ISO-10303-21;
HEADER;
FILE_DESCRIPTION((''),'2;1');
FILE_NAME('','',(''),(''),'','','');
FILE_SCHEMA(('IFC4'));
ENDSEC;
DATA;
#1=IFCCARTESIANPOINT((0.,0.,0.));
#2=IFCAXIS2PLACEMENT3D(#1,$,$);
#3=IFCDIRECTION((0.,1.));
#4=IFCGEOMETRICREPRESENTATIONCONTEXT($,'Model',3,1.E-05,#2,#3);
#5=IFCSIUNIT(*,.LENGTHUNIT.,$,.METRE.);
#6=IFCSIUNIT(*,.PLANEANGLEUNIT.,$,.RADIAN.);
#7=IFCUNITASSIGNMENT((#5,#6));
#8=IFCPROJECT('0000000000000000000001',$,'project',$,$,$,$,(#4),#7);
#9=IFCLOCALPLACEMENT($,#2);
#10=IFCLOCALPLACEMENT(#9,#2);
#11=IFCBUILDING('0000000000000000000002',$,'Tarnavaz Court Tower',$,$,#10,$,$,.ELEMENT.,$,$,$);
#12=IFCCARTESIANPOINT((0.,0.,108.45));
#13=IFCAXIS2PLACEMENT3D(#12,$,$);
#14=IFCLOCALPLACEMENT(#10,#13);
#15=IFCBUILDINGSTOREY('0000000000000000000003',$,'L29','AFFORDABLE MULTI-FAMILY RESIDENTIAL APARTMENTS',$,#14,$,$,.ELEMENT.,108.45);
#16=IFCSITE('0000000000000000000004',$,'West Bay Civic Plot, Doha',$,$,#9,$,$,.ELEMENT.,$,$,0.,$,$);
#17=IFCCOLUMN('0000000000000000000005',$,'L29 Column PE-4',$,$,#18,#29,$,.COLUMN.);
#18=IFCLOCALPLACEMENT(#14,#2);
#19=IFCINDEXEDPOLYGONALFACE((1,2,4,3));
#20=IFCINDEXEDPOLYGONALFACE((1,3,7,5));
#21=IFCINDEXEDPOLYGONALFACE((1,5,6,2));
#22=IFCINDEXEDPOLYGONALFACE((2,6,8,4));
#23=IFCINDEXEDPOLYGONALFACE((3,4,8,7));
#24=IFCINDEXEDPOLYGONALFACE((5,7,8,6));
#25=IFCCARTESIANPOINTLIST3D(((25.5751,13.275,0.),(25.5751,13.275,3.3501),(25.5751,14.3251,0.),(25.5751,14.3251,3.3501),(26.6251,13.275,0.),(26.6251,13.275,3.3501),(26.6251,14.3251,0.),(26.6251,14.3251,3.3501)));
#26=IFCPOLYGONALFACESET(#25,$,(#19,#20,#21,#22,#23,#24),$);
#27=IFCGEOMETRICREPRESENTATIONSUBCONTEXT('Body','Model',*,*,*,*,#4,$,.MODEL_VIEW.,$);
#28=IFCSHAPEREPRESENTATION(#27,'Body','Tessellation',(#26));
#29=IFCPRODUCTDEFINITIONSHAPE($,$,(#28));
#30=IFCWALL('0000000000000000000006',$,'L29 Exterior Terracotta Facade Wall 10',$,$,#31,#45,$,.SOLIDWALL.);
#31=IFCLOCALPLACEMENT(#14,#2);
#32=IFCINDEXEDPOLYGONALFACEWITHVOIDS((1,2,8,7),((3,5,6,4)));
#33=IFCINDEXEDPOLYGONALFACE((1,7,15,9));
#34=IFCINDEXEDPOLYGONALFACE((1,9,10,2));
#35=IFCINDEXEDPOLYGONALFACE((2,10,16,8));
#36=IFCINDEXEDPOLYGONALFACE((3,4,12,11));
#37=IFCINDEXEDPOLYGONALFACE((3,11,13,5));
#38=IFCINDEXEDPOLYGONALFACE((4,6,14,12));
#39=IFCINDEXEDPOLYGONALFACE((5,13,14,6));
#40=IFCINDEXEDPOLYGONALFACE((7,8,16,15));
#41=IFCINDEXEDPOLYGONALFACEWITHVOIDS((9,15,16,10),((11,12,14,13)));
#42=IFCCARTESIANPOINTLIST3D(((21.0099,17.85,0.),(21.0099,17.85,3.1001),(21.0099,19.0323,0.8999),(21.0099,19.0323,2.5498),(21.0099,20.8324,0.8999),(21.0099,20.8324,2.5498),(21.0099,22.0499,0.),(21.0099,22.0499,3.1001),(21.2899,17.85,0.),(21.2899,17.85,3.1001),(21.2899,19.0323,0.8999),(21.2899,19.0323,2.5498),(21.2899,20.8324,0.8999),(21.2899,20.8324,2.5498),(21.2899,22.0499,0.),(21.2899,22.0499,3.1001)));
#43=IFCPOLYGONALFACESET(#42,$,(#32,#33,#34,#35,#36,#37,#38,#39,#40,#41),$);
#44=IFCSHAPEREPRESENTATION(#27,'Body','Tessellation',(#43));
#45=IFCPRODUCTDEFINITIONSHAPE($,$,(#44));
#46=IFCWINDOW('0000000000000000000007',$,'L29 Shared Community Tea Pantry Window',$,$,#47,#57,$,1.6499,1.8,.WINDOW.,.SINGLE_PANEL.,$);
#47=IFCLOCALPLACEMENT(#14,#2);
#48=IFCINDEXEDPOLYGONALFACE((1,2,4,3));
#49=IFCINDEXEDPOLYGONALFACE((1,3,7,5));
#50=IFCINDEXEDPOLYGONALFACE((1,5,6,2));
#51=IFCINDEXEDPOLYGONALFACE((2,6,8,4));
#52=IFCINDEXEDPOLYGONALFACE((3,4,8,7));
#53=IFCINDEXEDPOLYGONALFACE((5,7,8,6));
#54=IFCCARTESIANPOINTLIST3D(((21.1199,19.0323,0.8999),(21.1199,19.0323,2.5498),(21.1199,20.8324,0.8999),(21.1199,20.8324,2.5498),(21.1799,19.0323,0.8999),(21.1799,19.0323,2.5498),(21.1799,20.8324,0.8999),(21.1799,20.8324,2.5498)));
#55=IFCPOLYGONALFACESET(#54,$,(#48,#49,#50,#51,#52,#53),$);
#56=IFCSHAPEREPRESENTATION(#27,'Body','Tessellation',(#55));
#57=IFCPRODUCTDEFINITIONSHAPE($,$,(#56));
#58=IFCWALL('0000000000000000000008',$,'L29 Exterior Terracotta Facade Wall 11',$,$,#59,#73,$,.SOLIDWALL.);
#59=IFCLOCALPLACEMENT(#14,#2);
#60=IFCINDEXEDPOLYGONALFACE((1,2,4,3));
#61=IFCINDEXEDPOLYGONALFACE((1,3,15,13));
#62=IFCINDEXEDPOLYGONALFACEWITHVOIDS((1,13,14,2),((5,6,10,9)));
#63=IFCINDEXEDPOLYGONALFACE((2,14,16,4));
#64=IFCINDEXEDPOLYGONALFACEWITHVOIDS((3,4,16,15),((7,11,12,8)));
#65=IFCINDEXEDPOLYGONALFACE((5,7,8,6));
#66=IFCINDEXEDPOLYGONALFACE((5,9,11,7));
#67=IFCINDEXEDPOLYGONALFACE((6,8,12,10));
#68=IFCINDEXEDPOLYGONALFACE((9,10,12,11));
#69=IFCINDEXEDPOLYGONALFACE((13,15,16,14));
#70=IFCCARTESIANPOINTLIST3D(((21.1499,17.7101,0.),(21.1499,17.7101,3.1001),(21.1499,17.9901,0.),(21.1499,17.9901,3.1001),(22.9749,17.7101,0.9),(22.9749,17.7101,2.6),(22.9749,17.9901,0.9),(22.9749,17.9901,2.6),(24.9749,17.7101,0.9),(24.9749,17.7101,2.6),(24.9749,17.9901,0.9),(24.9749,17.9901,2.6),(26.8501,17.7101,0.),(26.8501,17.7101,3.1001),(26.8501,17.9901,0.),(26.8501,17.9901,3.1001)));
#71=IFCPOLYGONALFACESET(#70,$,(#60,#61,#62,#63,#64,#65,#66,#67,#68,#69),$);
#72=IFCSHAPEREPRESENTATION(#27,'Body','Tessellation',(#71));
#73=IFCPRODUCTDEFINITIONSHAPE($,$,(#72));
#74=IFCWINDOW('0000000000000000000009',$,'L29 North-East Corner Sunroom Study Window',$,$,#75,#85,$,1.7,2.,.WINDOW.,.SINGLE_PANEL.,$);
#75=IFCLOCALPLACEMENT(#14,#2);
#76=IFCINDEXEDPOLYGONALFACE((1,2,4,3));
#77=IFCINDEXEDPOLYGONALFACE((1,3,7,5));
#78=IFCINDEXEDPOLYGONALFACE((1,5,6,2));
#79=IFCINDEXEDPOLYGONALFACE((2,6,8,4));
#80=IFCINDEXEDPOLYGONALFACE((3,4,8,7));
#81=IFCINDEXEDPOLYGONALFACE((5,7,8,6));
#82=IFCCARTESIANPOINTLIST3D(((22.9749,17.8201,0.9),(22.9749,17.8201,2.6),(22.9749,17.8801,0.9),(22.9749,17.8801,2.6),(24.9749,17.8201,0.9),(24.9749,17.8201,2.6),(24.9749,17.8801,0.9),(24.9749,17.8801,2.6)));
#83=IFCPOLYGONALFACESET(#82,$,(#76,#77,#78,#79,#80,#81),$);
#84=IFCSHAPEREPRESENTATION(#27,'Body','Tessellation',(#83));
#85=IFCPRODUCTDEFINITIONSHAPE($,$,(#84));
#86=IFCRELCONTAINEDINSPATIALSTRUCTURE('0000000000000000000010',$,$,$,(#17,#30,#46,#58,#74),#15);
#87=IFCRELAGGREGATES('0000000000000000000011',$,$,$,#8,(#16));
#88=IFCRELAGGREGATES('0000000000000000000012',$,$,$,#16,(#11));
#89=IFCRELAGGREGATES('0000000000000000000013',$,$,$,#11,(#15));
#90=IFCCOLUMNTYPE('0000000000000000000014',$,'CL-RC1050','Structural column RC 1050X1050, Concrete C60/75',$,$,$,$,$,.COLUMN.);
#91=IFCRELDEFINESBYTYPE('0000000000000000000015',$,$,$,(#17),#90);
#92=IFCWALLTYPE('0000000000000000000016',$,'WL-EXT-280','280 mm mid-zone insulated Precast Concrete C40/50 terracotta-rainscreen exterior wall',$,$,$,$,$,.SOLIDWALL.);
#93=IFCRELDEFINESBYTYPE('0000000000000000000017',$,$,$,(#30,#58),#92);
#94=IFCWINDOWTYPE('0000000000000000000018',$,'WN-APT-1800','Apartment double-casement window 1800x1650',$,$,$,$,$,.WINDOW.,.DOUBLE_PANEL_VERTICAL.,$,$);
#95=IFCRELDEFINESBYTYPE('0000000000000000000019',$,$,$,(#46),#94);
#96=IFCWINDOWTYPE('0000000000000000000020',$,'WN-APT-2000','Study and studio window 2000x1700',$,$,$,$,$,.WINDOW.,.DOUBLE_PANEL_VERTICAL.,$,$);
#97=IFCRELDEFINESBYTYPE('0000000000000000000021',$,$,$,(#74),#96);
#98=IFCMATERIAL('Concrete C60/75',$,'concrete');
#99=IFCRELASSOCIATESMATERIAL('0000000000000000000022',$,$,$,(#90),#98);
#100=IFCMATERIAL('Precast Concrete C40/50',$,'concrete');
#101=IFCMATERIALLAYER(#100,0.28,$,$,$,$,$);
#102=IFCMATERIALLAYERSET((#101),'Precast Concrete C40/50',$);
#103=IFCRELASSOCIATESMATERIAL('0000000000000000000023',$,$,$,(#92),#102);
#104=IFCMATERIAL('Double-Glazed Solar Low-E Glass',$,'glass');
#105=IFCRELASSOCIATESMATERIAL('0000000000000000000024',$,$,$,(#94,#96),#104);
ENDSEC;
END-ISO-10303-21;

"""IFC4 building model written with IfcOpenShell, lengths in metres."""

from ifc_helpers import new_model, si_unit, direction, frame, frame_2d, origin, origin_2d, place, context, subcontext, project, spatial, rectangle, extrude, material, layer, layer_set, material_profile, profile_set, type_object, element, fill, save


model = new_model("IFC4")

# Units and contexts
model_context = context("Model", 3, precision=1e-05, world=origin(), true_north=direction((0.0, 1.0)))
body_context = subcontext(model_context, "Body", "Model", "MODEL_VIEW")
ifc_project = project(units=[si_unit("LENGTHUNIT", "METRE"), si_unit("PLANEANGLEUNIT", "RADIAN")], contexts=[model_context])

# Site, building, storey
site_placement = place(None, origin())
site = spatial("IfcSite", under=ifc_project, at=site_placement, Name="West Bay Civic Plot, Doha", CompositionType="ELEMENT", RefElevation=0.0)
building_placement = place(site_placement, origin())
building = spatial("IfcBuilding", under=site, at=building_placement, Name="Tarnavaz Court Tower", CompositionType="ELEMENT")
storey_placement = place(building_placement, frame((0.0, 0.0, 108.45)))
storey = spatial("IfcBuildingStorey", under=building, at=storey_placement, Name="L29", Description="AFFORDABLE MULTI-FAMILY RESIDENTIAL APARTMENTS", CompositionType="ELEMENT", Elevation=108.45)

# Column
ifc_material_1 = material(Name="Concrete C60/75", Category="concrete")
ifc_material_profile_1 = material_profile(ifc_material_1, rectangle(XDim=1.05, YDim=1.05, at=origin_2d()), Name="RC 1050X1050")
ifc_profile_set_1 = profile_set([ifc_material_profile_1], Name="Concrete C60/75")
column_type = type_object("IfcColumnType", Name="CL-RC1050", Description="Structural column RC 1050X1050, Concrete C60/75", PredefinedType="COLUMN", material=ifc_profile_set_1)
column_placement = place(storey_placement, frame((26.1001, 13.8, 0.0), z_axis=(0.0, 0.0, 1.0), x_axis=(1.0, 0.0, 0.0)))
element("IfcColumn", 1, at=column_placement, inside=storey, type_object=column_type, Name="L29 Column PE-4", PredefinedType="COLUMN", context=body_context, shape_type="SweptSolid", body=[
    extrude(rectangle(XDim=1.05, YDim=1.05, at=origin_2d()), origin(), (0.0, 0.0, 1.0), 3.3501),
])

# Walls, openings, windows
ifc_material_2 = material(Name="Precast Concrete C40/50", Category="concrete")
ifc_layer_1 = layer(ifc_material_2, 0.28)
ifc_layer_set_1 = layer_set([ifc_layer_1], Name="Precast Concrete C40/50")
wall_type_1 = type_object("IfcWallType", Name="WL-EXT-280", Description="280 mm mid-zone insulated Precast Concrete C40/50 terracotta-rainscreen exterior wall", PredefinedType="SOLIDWALL", material=ifc_layer_set_1)
wall_1_placement = place(storey_placement, frame((21.1499, 22.05, 0.0), z_axis=(0.0, 0.0, 1.0), x_axis=(0.0, -1.0, 0.0)))
wall_1 = element("IfcWall", 2, at=wall_1_placement, inside=storey, type_object=wall_type_1, Name="L29 Exterior Terracotta Facade Wall 10", PredefinedType="SOLIDWALL", context=body_context, shape_type="SweptSolid", body=[
    extrude(rectangle(XDim=4.2, YDim=0.28, at=frame_2d((2.1001, 0.0))), origin(), (0.0, 0.0, 1.0), 3.1001),
])
opening_1_placement = place(wall_1_placement, frame((1.2178, 0.0, 0.8999)))
opening_1 = element("IfcOpeningElement", 3, at=opening_1_placement, cuts=wall_1, PredefinedType="OPENING", context=body_context, shape_type="SweptSolid", body=[
    extrude(rectangle(XDim=1.8, YDim=1.6499, at=frame_2d((0.8999, 0.825))), frame((0.0, 0.1499, 0.0), z_axis=(0.0, -1.0, 0.0), x_axis=(1.0, 0.0, 0.0)), (0.0, 0.0, 1.0), 0.3),
])
ifc_material_3 = material(Name="Double-Glazed Solar Low-E Glass", Category="glass")
window_type_1 = type_object("IfcWindowType", Name="WN-APT-1800", Description="Apartment double-casement window 1800x1650", PartitioningType="DOUBLE_PANEL_VERTICAL", PredefinedType="WINDOW", material=ifc_material_3)
window_1_placement = place(opening_1_placement, origin())
window_1 = element("IfcWindow", 4, at=window_1_placement, inside=storey, type_object=window_type_1, Name="L29 Shared Community Tea Pantry Window", OverallHeight=1.6499, OverallWidth=1.8, PartitioningType="SINGLE_PANEL", PredefinedType="WINDOW", context=body_context, shape_type="SweptSolid", body=[
    extrude(rectangle(XDim=1.8, YDim=1.6499, at=frame_2d((0.8999, 0.825))), frame((0.0, 0.03, 0.0), z_axis=(0.0, -1.0, 0.0), x_axis=(1.0, 0.0, 0.0)), (0.0, 0.0, 1.0), 0.0601),
])
fill(opening_1, window_1)
wall_2_placement = place(storey_placement, frame((21.1499, 17.8501, 0.0), z_axis=(0.0, 0.0, 1.0), x_axis=(1.0, 0.0, 0.0)))
wall_2 = element("IfcWall", 5, at=wall_2_placement, inside=storey, type_object=wall_type_1, Name="L29 Exterior Terracotta Facade Wall 11", PredefinedType="SOLIDWALL", context=body_context, shape_type="SweptSolid", body=[
    extrude(rectangle(XDim=5.7002, YDim=0.28, at=frame_2d((2.8501, 0.0))), origin(), (0.0, 0.0, 1.0), 3.1001),
])
opening_2_placement = place(wall_2_placement, frame((1.825, 0.0, 0.8999)))
opening_2 = element("IfcOpeningElement", 6, at=opening_2_placement, cuts=wall_2, PredefinedType="OPENING", context=body_context, shape_type="SweptSolid", body=[
    extrude(rectangle(XDim=2.0, YDim=1.7, at=frame_2d((1.0, 0.8501))), frame((0.0, 0.1499, 0.0), z_axis=(0.0, -1.0, 0.0), x_axis=(1.0, 0.0, 0.0)), (0.0, 0.0, 1.0), 0.3),
])
window_type_2 = type_object("IfcWindowType", Name="WN-APT-2000", Description="Study and studio window 2000x1700", PartitioningType="DOUBLE_PANEL_VERTICAL", PredefinedType="WINDOW", material=ifc_material_3)
window_2_placement = place(opening_2_placement, origin())
window_2 = element("IfcWindow", 7, at=window_2_placement, inside=storey, type_object=window_type_2, Name="L29 North-East Corner Sunroom Study Window", OverallHeight=1.7, OverallWidth=2.0, PartitioningType="SINGLE_PANEL", PredefinedType="WINDOW", context=body_context, shape_type="SweptSolid", body=[
    extrude(rectangle(XDim=2.0, YDim=1.7, at=frame_2d((1.0, 0.8501))), frame((0.0, 0.03, 0.0), z_axis=(0.0, -1.0, 0.0), x_axis=(1.0, 0.0, 0.0)), (0.0, 0.0, 1.0), 0.0601),
])
fill(opening_2, window_2)

save(model, "model.ifc")
